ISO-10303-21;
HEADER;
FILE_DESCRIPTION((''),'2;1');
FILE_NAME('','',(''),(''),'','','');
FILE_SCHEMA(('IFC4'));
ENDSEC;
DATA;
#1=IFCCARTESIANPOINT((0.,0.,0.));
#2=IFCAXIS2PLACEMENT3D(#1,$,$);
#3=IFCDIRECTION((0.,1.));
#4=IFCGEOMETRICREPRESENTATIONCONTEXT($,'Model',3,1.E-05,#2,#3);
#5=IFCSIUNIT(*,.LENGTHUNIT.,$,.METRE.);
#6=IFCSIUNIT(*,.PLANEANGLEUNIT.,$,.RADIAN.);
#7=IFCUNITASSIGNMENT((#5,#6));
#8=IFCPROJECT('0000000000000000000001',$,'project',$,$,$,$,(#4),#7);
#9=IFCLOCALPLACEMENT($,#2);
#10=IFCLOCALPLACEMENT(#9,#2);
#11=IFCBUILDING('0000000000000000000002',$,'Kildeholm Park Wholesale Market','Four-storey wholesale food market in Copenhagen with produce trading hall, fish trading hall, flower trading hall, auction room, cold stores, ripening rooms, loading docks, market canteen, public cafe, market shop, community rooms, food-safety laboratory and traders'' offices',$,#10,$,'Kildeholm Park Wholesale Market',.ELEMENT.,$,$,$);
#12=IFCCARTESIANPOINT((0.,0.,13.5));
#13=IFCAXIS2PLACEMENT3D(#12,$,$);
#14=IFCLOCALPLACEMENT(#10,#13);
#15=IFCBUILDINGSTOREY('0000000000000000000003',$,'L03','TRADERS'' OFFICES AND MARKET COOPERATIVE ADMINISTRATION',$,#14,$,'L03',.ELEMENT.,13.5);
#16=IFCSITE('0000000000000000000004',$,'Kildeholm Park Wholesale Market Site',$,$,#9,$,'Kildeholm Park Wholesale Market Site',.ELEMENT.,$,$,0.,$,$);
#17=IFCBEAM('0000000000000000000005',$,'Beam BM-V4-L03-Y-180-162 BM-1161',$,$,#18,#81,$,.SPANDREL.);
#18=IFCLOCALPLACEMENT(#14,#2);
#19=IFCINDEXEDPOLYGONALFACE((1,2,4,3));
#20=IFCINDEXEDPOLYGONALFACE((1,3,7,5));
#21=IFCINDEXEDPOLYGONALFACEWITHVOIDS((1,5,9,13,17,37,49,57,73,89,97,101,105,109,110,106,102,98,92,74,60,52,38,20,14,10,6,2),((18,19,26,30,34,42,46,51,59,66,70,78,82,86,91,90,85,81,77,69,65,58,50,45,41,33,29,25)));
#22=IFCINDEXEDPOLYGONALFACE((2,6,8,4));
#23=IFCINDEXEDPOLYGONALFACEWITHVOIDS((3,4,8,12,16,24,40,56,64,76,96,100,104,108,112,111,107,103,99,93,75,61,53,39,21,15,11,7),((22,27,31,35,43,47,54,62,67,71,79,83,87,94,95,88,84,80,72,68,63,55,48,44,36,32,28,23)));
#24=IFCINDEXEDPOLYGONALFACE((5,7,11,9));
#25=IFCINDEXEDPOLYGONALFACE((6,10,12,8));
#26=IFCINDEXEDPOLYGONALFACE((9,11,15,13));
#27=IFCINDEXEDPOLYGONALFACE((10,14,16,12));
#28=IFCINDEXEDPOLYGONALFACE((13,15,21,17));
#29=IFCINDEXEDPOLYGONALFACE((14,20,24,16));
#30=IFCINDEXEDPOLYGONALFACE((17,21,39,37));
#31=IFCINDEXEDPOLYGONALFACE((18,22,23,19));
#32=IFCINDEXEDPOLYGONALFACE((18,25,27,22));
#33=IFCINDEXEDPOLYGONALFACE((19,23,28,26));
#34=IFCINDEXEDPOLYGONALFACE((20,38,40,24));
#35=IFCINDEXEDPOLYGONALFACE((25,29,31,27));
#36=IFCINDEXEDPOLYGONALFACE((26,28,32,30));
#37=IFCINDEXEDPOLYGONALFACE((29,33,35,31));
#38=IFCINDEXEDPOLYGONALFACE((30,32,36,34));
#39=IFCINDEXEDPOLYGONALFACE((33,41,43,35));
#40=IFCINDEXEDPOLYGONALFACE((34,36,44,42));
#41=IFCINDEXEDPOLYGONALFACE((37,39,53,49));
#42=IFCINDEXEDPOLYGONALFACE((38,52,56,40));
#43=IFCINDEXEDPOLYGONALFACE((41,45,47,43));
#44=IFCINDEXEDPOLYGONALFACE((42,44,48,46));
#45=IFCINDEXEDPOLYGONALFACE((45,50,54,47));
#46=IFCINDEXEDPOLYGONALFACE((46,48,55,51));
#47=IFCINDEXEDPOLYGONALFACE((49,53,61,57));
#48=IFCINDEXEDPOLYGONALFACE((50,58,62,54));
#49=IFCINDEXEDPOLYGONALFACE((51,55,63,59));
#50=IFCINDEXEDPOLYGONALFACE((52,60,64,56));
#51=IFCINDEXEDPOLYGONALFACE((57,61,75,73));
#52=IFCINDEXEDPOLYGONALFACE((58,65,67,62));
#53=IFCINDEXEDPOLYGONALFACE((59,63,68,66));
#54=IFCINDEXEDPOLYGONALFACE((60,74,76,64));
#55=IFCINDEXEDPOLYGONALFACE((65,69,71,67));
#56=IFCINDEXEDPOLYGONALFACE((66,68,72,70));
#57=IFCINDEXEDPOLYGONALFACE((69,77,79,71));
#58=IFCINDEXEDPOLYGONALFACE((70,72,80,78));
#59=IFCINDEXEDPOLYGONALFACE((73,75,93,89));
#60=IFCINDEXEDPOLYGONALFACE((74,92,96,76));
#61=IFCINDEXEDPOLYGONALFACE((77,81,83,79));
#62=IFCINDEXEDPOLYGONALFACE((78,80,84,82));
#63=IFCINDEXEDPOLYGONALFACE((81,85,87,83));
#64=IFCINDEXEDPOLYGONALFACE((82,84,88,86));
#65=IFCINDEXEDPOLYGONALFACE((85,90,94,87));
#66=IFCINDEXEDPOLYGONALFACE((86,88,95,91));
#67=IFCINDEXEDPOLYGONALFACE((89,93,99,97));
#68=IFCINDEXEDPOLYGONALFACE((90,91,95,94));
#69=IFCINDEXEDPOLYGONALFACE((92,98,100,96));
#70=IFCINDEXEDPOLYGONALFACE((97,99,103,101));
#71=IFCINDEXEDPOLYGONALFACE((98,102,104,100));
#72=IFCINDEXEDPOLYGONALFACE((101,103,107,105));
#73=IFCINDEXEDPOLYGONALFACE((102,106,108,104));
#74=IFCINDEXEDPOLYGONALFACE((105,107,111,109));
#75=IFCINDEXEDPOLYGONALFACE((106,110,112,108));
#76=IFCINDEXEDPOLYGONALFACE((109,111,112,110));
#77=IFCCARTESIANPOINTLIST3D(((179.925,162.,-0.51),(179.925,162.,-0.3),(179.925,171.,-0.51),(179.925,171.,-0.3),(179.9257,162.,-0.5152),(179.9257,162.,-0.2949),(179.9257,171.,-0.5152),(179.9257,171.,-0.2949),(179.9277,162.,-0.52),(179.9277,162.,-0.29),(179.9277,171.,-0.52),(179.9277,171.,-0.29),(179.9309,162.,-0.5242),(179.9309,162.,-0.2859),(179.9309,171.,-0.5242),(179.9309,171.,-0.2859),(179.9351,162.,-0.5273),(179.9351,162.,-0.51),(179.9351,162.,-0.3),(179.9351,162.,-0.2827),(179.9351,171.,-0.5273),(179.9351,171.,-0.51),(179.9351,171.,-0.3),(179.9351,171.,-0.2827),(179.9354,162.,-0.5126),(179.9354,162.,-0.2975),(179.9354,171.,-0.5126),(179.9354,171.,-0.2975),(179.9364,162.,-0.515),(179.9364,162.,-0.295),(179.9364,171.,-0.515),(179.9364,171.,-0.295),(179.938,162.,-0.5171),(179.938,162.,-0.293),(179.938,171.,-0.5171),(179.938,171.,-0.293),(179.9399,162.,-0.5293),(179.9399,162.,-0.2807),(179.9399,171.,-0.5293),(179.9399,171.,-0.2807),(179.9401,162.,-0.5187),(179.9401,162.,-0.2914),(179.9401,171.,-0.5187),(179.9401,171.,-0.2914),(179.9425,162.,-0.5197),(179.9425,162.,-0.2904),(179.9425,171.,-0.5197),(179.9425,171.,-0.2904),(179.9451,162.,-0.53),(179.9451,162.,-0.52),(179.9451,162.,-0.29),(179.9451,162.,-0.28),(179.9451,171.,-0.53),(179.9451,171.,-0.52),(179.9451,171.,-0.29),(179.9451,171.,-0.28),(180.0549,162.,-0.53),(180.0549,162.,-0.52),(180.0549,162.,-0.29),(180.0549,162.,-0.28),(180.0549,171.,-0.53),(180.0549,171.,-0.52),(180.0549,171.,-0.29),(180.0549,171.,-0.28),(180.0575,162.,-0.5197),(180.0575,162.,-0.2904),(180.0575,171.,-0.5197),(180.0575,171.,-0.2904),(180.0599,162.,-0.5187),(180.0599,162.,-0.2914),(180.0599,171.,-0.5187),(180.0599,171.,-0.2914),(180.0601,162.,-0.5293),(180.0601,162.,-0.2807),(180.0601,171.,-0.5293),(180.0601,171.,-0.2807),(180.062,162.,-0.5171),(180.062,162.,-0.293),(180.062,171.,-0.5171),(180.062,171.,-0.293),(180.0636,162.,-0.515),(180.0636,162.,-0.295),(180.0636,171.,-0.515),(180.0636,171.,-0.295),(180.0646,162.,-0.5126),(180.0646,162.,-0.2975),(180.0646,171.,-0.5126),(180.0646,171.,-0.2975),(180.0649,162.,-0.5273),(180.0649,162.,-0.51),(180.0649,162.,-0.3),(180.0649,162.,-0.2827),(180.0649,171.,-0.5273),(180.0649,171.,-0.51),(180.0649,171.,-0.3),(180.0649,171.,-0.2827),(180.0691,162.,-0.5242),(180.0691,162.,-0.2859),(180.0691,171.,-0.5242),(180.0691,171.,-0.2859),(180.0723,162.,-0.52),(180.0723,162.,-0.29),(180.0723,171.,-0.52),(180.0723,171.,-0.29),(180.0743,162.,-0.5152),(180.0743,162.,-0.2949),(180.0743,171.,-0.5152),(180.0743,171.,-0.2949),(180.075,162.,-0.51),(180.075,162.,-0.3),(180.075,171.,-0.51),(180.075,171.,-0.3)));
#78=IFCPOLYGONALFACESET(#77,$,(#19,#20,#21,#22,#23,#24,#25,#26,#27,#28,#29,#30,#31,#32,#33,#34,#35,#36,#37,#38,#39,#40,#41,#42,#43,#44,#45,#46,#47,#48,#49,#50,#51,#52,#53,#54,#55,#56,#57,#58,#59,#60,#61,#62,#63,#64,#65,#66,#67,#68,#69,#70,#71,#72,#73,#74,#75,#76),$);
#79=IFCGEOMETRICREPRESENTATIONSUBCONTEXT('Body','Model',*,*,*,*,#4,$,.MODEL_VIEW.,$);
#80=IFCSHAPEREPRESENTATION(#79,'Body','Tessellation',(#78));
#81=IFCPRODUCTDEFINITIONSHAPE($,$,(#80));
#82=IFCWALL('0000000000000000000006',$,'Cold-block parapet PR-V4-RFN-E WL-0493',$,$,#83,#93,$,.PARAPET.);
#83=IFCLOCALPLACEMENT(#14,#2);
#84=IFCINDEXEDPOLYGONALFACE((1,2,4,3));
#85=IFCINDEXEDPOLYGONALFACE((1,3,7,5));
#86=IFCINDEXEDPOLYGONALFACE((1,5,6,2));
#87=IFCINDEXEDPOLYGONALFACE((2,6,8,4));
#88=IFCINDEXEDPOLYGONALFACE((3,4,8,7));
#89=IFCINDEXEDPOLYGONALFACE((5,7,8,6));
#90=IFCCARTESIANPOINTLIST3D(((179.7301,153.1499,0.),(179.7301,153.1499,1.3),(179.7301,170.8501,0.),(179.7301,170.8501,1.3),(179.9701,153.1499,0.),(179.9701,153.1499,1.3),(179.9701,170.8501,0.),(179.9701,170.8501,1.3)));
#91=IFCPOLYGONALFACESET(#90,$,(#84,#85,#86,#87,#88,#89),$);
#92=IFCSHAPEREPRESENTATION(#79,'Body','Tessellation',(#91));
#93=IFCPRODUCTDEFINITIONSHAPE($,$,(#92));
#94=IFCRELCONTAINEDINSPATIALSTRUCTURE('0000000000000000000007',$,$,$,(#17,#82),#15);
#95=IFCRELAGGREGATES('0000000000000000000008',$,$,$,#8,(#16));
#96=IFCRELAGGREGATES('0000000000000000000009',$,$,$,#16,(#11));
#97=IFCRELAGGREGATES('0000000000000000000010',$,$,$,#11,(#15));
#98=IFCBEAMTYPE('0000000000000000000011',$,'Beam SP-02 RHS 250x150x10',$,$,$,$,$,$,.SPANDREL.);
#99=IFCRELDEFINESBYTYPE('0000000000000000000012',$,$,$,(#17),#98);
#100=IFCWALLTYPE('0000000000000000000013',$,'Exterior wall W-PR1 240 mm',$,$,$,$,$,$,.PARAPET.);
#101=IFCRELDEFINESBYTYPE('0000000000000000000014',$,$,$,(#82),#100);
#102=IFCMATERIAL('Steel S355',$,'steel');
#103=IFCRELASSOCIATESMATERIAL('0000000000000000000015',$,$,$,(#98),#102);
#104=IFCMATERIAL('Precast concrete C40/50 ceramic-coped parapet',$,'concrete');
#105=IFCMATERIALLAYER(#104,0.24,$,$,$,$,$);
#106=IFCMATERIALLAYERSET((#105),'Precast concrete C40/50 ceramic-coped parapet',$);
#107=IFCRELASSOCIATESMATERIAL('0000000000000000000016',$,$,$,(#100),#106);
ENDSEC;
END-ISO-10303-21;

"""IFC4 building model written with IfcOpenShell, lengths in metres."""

from ifc_helpers import new_model, si_unit, direction, frame, frame_2d, origin, origin_2d, place, context, subcontext, project, spatial, rectangle, hollow_rectangle, extrude, material, layer, layer_set, material_profile, profile_set, type_object, element, save


model = new_model("IFC4")

# Units and contexts
model_context = context("Model", 3, precision=1e-05, world=origin(), true_north=direction((0.0, 1.0)))
body_context = subcontext(model_context, "Body", "Model", "MODEL_VIEW")
ifc_project = project(units=[si_unit("LENGTHUNIT", "METRE"), si_unit("PLANEANGLEUNIT", "RADIAN")], contexts=[model_context])

# Site, building, storey
site_placement = place(None, origin())
site = spatial("IfcSite", under=ifc_project, at=site_placement, Name="Kildeholm Park Wholesale Market Site", LongName="Kildeholm Park Wholesale Market Site", CompositionType="ELEMENT", RefElevation=0.0)
building_placement = place(site_placement, origin())
building = spatial("IfcBuilding", under=site, at=building_placement, Name="Kildeholm Park Wholesale Market", Description="Four-storey wholesale food market in Copenhagen with produce trading hall, fish trading hall, flower trading hall, auction room, cold stores, ripening rooms, loading docks, market canteen, public cafe, market shop, community rooms, food-safety laboratory and traders' offices", LongName="Kildeholm Park Wholesale Market", CompositionType="ELEMENT")
storey_placement = place(building_placement, frame((0.0, 0.0, 13.5)))
storey = spatial("IfcBuildingStorey", under=building, at=storey_placement, Name="L03", Description="TRADERS' OFFICES AND MARKET COOPERATIVE ADMINISTRATION", LongName="L03", CompositionType="ELEMENT", Elevation=13.5)

# Beam
ifc_material_1 = material(Name="Steel S355", Category="steel")
ifc_material_profile_1 = material_profile(ifc_material_1, hollow_rectangle(XDim=0.1499, YDim=0.25, WallThickness=0.01, InnerFilletRadius=0.01, OuterFilletRadius=0.02, at=origin_2d()), Name="RHS 250x150x10")
ifc_profile_set_1 = profile_set([ifc_material_profile_1], Name="Steel S355")
beam_type_1 = type_object("IfcBeamType", Name="Beam SP-02 RHS 250x150x10", PredefinedType="SPANDREL", material=ifc_profile_set_1)
beam_1_placement = place(storey_placement, frame((180.0, 162.0, -0.405), z_axis=(0.0, 1.0, 0.0), x_axis=(-1.0, 0.0, 0.0)))
element("IfcBeam", 1, at=beam_1_placement, inside=storey, type_object=beam_type_1, Name="Beam BM-V4-L03-Y-180-162 BM-1161", PredefinedType="SPANDREL", context=body_context, shape_type="SweptSolid", body=[
    extrude(hollow_rectangle(XDim=0.1499, YDim=0.25, WallThickness=0.01, InnerFilletRadius=0.01, OuterFilletRadius=0.02, at=origin_2d()), origin(), (0.0, 0.0, 1.0), 9.0),
])

# Wall
ifc_material_2 = material(Name="Precast concrete C40/50 ceramic-coped parapet", Category="concrete")
ifc_layer = layer(ifc_material_2, 0.24)
ifc_layer_set = layer_set([ifc_layer], Name="Precast concrete C40/50 ceramic-coped parapet")
wall_type = type_object("IfcWallType", Name="Exterior wall W-PR1 240 mm", PredefinedType="PARAPET", material=ifc_layer_set)
wall_placement = place(storey_placement, frame((179.8501, 153.1499, 0.0), z_axis=(0.0, 0.0, 1.0), x_axis=(0.0, 1.0, 0.0)))
element("IfcWall", 2, at=wall_placement, inside=storey, type_object=wall_type, Name="Cold-block parapet PR-V4-RFN-E WL-0493", PredefinedType="PARAPET", context=body_context, shape_type="SweptSolid", body=[
    extrude(rectangle(XDim=17.7002, YDim=0.24, at=frame_2d((8.8501, 0.0))), origin(), (0.0, 0.0, 1.0), 1.3),
])

save(model, "model.ifc")
